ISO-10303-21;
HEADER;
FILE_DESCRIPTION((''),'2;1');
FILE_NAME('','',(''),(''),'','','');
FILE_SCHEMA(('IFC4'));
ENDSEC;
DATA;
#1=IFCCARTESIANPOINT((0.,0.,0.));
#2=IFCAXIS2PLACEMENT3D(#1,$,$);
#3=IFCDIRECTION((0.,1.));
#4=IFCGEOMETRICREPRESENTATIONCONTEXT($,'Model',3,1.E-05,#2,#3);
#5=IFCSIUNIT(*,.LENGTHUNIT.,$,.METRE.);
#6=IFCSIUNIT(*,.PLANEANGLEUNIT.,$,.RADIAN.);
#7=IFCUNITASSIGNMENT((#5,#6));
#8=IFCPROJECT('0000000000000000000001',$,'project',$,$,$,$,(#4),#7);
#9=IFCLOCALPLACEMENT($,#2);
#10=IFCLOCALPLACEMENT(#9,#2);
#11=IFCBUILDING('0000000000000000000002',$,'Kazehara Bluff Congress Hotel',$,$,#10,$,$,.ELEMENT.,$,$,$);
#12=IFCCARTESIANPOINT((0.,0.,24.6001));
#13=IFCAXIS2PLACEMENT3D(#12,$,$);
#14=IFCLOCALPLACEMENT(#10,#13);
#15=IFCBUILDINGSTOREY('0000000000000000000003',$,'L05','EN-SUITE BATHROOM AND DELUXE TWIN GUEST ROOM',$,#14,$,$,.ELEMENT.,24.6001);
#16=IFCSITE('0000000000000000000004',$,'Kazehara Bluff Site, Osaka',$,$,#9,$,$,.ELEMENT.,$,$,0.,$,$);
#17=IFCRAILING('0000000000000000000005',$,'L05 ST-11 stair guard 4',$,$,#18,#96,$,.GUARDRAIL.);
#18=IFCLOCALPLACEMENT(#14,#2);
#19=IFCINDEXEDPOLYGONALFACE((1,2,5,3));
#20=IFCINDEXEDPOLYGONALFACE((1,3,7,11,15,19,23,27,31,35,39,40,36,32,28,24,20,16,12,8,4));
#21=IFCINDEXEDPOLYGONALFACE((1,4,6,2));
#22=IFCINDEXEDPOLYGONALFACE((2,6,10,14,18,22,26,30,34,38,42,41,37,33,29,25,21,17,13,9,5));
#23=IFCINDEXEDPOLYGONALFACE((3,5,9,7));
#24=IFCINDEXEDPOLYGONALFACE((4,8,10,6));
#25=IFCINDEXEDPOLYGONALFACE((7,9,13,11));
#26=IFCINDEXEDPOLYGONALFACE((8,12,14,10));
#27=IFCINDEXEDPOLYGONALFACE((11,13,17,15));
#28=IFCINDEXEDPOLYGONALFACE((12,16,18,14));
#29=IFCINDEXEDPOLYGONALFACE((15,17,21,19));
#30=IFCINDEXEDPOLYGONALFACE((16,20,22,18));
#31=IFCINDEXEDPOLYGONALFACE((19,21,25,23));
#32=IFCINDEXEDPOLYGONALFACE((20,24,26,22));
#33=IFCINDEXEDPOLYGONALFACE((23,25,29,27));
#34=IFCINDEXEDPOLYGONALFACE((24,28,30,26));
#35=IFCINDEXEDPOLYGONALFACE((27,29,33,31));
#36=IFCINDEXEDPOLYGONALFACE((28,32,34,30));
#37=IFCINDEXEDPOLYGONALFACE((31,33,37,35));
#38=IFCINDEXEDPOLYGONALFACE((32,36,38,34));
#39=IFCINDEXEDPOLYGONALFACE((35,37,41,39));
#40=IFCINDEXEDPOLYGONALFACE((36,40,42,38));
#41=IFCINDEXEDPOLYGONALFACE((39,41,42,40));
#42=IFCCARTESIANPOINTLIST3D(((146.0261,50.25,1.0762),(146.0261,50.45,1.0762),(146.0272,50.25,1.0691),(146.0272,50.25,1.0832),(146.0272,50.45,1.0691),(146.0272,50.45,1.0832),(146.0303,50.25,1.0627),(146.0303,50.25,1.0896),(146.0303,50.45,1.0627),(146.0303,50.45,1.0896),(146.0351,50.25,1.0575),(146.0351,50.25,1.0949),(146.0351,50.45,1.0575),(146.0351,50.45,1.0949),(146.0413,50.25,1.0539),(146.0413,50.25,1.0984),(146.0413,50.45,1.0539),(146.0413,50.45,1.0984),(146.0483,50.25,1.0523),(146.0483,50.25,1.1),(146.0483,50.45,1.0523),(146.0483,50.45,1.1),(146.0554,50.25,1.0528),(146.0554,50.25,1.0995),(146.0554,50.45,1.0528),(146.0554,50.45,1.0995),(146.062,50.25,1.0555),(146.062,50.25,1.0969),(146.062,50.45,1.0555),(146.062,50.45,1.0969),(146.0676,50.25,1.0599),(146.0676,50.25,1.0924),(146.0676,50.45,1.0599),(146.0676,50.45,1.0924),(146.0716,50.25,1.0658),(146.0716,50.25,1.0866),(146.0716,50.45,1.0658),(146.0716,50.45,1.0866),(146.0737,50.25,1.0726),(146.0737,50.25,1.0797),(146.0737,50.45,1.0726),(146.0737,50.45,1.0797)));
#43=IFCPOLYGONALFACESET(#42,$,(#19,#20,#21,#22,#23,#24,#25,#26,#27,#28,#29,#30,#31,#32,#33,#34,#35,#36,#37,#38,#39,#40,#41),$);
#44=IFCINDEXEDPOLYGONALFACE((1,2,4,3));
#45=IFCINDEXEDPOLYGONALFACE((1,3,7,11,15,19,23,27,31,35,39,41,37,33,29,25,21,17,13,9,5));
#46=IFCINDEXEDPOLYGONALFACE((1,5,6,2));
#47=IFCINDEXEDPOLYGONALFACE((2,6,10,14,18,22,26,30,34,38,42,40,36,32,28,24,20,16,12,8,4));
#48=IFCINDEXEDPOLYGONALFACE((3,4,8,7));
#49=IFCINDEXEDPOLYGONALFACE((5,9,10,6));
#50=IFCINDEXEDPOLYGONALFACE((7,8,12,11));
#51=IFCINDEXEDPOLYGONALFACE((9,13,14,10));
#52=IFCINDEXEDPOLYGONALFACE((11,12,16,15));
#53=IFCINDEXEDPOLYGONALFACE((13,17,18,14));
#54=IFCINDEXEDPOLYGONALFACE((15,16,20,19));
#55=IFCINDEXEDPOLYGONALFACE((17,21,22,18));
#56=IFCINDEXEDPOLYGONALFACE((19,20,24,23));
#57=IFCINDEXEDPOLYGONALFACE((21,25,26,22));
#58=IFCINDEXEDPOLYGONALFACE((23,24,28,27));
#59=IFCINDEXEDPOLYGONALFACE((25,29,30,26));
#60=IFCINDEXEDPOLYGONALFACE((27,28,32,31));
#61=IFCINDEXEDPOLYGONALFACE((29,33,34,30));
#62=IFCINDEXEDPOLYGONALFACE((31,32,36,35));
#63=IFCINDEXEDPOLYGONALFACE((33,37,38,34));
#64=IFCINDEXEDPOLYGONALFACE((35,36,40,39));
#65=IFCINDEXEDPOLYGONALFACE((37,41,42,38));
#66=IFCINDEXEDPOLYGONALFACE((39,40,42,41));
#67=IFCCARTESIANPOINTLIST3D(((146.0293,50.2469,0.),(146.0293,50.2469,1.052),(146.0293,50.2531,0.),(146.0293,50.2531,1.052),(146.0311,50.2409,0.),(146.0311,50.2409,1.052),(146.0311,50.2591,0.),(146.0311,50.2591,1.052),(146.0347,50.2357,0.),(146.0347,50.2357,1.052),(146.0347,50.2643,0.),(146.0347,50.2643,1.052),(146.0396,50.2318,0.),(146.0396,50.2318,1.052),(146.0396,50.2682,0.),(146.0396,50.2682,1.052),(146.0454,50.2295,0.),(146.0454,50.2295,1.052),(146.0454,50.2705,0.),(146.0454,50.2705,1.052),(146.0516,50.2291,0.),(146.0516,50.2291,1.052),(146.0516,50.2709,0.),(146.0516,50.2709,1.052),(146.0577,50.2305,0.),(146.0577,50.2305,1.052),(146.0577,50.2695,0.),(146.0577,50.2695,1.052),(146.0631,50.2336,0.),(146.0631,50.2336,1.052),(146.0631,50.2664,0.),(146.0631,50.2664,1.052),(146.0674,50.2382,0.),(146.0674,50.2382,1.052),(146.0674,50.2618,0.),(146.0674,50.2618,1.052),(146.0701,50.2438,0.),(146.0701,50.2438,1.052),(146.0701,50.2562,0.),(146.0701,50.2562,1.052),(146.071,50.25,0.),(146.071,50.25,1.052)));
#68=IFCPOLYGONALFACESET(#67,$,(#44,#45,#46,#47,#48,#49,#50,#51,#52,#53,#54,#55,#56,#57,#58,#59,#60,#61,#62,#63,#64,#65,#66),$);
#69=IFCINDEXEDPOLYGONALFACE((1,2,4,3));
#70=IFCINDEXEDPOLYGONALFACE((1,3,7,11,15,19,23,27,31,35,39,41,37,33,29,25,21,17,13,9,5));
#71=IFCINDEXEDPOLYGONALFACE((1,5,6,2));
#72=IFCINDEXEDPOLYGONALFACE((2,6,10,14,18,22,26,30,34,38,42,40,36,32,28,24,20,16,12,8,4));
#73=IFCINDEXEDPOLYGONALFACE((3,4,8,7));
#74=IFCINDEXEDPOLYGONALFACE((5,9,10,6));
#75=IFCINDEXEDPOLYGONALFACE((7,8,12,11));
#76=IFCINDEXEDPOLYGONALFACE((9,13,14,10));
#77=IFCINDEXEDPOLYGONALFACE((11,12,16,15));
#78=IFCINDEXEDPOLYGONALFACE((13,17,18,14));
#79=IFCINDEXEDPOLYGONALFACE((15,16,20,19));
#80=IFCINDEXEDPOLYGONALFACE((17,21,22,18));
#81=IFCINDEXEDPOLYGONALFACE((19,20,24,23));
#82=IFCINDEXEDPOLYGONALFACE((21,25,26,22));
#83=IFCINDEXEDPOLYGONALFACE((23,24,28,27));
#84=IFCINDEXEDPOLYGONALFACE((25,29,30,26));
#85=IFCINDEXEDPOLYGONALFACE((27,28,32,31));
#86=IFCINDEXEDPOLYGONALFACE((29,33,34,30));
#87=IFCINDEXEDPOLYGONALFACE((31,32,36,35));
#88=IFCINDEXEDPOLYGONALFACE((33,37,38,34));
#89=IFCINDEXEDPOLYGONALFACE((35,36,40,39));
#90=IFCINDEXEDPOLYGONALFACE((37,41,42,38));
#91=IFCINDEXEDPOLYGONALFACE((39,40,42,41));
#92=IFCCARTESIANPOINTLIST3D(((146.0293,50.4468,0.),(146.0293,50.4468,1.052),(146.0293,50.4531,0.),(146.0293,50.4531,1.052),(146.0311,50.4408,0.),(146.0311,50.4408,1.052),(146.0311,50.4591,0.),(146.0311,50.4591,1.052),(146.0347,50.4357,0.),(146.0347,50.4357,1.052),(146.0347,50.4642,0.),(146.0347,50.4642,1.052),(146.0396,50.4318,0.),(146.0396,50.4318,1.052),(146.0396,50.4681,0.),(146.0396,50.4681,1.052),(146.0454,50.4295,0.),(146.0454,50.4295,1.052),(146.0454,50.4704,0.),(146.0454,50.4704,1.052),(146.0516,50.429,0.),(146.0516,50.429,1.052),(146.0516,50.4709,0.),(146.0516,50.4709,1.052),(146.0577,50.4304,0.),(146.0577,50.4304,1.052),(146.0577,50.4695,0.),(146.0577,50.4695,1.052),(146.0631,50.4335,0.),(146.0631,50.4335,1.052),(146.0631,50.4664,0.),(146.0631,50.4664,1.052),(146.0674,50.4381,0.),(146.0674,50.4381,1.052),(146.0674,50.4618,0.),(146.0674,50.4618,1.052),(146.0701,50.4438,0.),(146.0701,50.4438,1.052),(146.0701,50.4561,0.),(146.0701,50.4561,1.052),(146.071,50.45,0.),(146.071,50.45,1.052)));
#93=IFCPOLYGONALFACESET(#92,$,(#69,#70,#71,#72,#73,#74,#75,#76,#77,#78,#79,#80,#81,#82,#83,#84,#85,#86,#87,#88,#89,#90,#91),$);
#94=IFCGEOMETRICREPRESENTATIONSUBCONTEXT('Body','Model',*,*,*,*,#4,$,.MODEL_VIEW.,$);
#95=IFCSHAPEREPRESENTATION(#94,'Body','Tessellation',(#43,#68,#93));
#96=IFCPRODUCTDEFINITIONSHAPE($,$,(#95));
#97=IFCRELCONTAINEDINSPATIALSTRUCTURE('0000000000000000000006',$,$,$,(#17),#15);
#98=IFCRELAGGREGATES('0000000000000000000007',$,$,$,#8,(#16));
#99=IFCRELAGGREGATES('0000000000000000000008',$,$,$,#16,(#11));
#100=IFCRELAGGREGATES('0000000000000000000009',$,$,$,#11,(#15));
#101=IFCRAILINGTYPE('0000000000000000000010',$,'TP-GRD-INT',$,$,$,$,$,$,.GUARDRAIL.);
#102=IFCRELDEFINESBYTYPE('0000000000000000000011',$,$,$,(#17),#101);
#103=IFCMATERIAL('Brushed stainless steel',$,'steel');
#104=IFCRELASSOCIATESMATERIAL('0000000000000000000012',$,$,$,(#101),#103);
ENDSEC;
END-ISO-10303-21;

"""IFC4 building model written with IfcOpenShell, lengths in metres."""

from ifc_helpers import new_model, si_unit, direction, frame, origin, origin_2d, place, context, subcontext, project, spatial, circle, extrude, material, type_object, element, save


model = new_model("IFC4")

# Units and contexts
model_context = context("Model", 3, precision=1e-05, world=origin(), true_north=direction((0.0, 1.0)))
body_context = subcontext(model_context, "Body", "Model", "MODEL_VIEW")
ifc_project = project(units=[si_unit("LENGTHUNIT", "METRE"), si_unit("PLANEANGLEUNIT", "RADIAN")], contexts=[model_context])

# Site, building, storey
site_placement = place(None, origin())
site = spatial("IfcSite", under=ifc_project, at=site_placement, Name="Kazehara Bluff Site, Osaka", CompositionType="ELEMENT", RefElevation=0.0)
building_placement = place(site_placement, origin())
building = spatial("IfcBuilding", under=site, at=building_placement, Name="Kazehara Bluff Congress Hotel", CompositionType="ELEMENT")
storey_placement = place(building_placement, frame((0.0, 0.0, 24.6001)))
storey = spatial("IfcBuildingStorey", under=building, at=storey_placement, Name="L05", Description="EN-SUITE BATHROOM AND DELUXE TWIN GUEST ROOM", CompositionType="ELEMENT", Elevation=24.6001)

# Railing
ifc_material_1 = material(Name="Brushed stainless steel", Category="steel")
railing_type_1 = type_object("IfcRailingType", Name="TP-GRD-INT", PredefinedType="GUARDRAIL", material=ifc_material_1)
railing_1_placement = place(storey_placement, frame((146.05, 50.25, 0.0)))
element("IfcRailing", 1, at=railing_1_placement, inside=storey, type_object=railing_type_1, Name="L05 ST-11 stair guard 4", PredefinedType="GUARDRAIL", context=body_context, shape_type="SweptSolid", body=[
    extrude(circle(Radius=0.0239, at=origin_2d()), frame((0.0, 0.0, 1.0762), z_axis=(0.0, 1.0, 0.0), x_axis=(-1.0, 0.0, 0.0)), (0.0, 0.0, 1.0), 0.2),
    extrude(circle(Radius=0.021, at=origin_2d()), origin(), (0.0, 0.0, 1.0), 1.052),
    extrude(circle(Radius=0.021, at=origin_2d()), frame((0.0, 0.2, 0.0)), (0.0, 0.0, 1.0), 1.052),
])

save(model, "model.ifc")
